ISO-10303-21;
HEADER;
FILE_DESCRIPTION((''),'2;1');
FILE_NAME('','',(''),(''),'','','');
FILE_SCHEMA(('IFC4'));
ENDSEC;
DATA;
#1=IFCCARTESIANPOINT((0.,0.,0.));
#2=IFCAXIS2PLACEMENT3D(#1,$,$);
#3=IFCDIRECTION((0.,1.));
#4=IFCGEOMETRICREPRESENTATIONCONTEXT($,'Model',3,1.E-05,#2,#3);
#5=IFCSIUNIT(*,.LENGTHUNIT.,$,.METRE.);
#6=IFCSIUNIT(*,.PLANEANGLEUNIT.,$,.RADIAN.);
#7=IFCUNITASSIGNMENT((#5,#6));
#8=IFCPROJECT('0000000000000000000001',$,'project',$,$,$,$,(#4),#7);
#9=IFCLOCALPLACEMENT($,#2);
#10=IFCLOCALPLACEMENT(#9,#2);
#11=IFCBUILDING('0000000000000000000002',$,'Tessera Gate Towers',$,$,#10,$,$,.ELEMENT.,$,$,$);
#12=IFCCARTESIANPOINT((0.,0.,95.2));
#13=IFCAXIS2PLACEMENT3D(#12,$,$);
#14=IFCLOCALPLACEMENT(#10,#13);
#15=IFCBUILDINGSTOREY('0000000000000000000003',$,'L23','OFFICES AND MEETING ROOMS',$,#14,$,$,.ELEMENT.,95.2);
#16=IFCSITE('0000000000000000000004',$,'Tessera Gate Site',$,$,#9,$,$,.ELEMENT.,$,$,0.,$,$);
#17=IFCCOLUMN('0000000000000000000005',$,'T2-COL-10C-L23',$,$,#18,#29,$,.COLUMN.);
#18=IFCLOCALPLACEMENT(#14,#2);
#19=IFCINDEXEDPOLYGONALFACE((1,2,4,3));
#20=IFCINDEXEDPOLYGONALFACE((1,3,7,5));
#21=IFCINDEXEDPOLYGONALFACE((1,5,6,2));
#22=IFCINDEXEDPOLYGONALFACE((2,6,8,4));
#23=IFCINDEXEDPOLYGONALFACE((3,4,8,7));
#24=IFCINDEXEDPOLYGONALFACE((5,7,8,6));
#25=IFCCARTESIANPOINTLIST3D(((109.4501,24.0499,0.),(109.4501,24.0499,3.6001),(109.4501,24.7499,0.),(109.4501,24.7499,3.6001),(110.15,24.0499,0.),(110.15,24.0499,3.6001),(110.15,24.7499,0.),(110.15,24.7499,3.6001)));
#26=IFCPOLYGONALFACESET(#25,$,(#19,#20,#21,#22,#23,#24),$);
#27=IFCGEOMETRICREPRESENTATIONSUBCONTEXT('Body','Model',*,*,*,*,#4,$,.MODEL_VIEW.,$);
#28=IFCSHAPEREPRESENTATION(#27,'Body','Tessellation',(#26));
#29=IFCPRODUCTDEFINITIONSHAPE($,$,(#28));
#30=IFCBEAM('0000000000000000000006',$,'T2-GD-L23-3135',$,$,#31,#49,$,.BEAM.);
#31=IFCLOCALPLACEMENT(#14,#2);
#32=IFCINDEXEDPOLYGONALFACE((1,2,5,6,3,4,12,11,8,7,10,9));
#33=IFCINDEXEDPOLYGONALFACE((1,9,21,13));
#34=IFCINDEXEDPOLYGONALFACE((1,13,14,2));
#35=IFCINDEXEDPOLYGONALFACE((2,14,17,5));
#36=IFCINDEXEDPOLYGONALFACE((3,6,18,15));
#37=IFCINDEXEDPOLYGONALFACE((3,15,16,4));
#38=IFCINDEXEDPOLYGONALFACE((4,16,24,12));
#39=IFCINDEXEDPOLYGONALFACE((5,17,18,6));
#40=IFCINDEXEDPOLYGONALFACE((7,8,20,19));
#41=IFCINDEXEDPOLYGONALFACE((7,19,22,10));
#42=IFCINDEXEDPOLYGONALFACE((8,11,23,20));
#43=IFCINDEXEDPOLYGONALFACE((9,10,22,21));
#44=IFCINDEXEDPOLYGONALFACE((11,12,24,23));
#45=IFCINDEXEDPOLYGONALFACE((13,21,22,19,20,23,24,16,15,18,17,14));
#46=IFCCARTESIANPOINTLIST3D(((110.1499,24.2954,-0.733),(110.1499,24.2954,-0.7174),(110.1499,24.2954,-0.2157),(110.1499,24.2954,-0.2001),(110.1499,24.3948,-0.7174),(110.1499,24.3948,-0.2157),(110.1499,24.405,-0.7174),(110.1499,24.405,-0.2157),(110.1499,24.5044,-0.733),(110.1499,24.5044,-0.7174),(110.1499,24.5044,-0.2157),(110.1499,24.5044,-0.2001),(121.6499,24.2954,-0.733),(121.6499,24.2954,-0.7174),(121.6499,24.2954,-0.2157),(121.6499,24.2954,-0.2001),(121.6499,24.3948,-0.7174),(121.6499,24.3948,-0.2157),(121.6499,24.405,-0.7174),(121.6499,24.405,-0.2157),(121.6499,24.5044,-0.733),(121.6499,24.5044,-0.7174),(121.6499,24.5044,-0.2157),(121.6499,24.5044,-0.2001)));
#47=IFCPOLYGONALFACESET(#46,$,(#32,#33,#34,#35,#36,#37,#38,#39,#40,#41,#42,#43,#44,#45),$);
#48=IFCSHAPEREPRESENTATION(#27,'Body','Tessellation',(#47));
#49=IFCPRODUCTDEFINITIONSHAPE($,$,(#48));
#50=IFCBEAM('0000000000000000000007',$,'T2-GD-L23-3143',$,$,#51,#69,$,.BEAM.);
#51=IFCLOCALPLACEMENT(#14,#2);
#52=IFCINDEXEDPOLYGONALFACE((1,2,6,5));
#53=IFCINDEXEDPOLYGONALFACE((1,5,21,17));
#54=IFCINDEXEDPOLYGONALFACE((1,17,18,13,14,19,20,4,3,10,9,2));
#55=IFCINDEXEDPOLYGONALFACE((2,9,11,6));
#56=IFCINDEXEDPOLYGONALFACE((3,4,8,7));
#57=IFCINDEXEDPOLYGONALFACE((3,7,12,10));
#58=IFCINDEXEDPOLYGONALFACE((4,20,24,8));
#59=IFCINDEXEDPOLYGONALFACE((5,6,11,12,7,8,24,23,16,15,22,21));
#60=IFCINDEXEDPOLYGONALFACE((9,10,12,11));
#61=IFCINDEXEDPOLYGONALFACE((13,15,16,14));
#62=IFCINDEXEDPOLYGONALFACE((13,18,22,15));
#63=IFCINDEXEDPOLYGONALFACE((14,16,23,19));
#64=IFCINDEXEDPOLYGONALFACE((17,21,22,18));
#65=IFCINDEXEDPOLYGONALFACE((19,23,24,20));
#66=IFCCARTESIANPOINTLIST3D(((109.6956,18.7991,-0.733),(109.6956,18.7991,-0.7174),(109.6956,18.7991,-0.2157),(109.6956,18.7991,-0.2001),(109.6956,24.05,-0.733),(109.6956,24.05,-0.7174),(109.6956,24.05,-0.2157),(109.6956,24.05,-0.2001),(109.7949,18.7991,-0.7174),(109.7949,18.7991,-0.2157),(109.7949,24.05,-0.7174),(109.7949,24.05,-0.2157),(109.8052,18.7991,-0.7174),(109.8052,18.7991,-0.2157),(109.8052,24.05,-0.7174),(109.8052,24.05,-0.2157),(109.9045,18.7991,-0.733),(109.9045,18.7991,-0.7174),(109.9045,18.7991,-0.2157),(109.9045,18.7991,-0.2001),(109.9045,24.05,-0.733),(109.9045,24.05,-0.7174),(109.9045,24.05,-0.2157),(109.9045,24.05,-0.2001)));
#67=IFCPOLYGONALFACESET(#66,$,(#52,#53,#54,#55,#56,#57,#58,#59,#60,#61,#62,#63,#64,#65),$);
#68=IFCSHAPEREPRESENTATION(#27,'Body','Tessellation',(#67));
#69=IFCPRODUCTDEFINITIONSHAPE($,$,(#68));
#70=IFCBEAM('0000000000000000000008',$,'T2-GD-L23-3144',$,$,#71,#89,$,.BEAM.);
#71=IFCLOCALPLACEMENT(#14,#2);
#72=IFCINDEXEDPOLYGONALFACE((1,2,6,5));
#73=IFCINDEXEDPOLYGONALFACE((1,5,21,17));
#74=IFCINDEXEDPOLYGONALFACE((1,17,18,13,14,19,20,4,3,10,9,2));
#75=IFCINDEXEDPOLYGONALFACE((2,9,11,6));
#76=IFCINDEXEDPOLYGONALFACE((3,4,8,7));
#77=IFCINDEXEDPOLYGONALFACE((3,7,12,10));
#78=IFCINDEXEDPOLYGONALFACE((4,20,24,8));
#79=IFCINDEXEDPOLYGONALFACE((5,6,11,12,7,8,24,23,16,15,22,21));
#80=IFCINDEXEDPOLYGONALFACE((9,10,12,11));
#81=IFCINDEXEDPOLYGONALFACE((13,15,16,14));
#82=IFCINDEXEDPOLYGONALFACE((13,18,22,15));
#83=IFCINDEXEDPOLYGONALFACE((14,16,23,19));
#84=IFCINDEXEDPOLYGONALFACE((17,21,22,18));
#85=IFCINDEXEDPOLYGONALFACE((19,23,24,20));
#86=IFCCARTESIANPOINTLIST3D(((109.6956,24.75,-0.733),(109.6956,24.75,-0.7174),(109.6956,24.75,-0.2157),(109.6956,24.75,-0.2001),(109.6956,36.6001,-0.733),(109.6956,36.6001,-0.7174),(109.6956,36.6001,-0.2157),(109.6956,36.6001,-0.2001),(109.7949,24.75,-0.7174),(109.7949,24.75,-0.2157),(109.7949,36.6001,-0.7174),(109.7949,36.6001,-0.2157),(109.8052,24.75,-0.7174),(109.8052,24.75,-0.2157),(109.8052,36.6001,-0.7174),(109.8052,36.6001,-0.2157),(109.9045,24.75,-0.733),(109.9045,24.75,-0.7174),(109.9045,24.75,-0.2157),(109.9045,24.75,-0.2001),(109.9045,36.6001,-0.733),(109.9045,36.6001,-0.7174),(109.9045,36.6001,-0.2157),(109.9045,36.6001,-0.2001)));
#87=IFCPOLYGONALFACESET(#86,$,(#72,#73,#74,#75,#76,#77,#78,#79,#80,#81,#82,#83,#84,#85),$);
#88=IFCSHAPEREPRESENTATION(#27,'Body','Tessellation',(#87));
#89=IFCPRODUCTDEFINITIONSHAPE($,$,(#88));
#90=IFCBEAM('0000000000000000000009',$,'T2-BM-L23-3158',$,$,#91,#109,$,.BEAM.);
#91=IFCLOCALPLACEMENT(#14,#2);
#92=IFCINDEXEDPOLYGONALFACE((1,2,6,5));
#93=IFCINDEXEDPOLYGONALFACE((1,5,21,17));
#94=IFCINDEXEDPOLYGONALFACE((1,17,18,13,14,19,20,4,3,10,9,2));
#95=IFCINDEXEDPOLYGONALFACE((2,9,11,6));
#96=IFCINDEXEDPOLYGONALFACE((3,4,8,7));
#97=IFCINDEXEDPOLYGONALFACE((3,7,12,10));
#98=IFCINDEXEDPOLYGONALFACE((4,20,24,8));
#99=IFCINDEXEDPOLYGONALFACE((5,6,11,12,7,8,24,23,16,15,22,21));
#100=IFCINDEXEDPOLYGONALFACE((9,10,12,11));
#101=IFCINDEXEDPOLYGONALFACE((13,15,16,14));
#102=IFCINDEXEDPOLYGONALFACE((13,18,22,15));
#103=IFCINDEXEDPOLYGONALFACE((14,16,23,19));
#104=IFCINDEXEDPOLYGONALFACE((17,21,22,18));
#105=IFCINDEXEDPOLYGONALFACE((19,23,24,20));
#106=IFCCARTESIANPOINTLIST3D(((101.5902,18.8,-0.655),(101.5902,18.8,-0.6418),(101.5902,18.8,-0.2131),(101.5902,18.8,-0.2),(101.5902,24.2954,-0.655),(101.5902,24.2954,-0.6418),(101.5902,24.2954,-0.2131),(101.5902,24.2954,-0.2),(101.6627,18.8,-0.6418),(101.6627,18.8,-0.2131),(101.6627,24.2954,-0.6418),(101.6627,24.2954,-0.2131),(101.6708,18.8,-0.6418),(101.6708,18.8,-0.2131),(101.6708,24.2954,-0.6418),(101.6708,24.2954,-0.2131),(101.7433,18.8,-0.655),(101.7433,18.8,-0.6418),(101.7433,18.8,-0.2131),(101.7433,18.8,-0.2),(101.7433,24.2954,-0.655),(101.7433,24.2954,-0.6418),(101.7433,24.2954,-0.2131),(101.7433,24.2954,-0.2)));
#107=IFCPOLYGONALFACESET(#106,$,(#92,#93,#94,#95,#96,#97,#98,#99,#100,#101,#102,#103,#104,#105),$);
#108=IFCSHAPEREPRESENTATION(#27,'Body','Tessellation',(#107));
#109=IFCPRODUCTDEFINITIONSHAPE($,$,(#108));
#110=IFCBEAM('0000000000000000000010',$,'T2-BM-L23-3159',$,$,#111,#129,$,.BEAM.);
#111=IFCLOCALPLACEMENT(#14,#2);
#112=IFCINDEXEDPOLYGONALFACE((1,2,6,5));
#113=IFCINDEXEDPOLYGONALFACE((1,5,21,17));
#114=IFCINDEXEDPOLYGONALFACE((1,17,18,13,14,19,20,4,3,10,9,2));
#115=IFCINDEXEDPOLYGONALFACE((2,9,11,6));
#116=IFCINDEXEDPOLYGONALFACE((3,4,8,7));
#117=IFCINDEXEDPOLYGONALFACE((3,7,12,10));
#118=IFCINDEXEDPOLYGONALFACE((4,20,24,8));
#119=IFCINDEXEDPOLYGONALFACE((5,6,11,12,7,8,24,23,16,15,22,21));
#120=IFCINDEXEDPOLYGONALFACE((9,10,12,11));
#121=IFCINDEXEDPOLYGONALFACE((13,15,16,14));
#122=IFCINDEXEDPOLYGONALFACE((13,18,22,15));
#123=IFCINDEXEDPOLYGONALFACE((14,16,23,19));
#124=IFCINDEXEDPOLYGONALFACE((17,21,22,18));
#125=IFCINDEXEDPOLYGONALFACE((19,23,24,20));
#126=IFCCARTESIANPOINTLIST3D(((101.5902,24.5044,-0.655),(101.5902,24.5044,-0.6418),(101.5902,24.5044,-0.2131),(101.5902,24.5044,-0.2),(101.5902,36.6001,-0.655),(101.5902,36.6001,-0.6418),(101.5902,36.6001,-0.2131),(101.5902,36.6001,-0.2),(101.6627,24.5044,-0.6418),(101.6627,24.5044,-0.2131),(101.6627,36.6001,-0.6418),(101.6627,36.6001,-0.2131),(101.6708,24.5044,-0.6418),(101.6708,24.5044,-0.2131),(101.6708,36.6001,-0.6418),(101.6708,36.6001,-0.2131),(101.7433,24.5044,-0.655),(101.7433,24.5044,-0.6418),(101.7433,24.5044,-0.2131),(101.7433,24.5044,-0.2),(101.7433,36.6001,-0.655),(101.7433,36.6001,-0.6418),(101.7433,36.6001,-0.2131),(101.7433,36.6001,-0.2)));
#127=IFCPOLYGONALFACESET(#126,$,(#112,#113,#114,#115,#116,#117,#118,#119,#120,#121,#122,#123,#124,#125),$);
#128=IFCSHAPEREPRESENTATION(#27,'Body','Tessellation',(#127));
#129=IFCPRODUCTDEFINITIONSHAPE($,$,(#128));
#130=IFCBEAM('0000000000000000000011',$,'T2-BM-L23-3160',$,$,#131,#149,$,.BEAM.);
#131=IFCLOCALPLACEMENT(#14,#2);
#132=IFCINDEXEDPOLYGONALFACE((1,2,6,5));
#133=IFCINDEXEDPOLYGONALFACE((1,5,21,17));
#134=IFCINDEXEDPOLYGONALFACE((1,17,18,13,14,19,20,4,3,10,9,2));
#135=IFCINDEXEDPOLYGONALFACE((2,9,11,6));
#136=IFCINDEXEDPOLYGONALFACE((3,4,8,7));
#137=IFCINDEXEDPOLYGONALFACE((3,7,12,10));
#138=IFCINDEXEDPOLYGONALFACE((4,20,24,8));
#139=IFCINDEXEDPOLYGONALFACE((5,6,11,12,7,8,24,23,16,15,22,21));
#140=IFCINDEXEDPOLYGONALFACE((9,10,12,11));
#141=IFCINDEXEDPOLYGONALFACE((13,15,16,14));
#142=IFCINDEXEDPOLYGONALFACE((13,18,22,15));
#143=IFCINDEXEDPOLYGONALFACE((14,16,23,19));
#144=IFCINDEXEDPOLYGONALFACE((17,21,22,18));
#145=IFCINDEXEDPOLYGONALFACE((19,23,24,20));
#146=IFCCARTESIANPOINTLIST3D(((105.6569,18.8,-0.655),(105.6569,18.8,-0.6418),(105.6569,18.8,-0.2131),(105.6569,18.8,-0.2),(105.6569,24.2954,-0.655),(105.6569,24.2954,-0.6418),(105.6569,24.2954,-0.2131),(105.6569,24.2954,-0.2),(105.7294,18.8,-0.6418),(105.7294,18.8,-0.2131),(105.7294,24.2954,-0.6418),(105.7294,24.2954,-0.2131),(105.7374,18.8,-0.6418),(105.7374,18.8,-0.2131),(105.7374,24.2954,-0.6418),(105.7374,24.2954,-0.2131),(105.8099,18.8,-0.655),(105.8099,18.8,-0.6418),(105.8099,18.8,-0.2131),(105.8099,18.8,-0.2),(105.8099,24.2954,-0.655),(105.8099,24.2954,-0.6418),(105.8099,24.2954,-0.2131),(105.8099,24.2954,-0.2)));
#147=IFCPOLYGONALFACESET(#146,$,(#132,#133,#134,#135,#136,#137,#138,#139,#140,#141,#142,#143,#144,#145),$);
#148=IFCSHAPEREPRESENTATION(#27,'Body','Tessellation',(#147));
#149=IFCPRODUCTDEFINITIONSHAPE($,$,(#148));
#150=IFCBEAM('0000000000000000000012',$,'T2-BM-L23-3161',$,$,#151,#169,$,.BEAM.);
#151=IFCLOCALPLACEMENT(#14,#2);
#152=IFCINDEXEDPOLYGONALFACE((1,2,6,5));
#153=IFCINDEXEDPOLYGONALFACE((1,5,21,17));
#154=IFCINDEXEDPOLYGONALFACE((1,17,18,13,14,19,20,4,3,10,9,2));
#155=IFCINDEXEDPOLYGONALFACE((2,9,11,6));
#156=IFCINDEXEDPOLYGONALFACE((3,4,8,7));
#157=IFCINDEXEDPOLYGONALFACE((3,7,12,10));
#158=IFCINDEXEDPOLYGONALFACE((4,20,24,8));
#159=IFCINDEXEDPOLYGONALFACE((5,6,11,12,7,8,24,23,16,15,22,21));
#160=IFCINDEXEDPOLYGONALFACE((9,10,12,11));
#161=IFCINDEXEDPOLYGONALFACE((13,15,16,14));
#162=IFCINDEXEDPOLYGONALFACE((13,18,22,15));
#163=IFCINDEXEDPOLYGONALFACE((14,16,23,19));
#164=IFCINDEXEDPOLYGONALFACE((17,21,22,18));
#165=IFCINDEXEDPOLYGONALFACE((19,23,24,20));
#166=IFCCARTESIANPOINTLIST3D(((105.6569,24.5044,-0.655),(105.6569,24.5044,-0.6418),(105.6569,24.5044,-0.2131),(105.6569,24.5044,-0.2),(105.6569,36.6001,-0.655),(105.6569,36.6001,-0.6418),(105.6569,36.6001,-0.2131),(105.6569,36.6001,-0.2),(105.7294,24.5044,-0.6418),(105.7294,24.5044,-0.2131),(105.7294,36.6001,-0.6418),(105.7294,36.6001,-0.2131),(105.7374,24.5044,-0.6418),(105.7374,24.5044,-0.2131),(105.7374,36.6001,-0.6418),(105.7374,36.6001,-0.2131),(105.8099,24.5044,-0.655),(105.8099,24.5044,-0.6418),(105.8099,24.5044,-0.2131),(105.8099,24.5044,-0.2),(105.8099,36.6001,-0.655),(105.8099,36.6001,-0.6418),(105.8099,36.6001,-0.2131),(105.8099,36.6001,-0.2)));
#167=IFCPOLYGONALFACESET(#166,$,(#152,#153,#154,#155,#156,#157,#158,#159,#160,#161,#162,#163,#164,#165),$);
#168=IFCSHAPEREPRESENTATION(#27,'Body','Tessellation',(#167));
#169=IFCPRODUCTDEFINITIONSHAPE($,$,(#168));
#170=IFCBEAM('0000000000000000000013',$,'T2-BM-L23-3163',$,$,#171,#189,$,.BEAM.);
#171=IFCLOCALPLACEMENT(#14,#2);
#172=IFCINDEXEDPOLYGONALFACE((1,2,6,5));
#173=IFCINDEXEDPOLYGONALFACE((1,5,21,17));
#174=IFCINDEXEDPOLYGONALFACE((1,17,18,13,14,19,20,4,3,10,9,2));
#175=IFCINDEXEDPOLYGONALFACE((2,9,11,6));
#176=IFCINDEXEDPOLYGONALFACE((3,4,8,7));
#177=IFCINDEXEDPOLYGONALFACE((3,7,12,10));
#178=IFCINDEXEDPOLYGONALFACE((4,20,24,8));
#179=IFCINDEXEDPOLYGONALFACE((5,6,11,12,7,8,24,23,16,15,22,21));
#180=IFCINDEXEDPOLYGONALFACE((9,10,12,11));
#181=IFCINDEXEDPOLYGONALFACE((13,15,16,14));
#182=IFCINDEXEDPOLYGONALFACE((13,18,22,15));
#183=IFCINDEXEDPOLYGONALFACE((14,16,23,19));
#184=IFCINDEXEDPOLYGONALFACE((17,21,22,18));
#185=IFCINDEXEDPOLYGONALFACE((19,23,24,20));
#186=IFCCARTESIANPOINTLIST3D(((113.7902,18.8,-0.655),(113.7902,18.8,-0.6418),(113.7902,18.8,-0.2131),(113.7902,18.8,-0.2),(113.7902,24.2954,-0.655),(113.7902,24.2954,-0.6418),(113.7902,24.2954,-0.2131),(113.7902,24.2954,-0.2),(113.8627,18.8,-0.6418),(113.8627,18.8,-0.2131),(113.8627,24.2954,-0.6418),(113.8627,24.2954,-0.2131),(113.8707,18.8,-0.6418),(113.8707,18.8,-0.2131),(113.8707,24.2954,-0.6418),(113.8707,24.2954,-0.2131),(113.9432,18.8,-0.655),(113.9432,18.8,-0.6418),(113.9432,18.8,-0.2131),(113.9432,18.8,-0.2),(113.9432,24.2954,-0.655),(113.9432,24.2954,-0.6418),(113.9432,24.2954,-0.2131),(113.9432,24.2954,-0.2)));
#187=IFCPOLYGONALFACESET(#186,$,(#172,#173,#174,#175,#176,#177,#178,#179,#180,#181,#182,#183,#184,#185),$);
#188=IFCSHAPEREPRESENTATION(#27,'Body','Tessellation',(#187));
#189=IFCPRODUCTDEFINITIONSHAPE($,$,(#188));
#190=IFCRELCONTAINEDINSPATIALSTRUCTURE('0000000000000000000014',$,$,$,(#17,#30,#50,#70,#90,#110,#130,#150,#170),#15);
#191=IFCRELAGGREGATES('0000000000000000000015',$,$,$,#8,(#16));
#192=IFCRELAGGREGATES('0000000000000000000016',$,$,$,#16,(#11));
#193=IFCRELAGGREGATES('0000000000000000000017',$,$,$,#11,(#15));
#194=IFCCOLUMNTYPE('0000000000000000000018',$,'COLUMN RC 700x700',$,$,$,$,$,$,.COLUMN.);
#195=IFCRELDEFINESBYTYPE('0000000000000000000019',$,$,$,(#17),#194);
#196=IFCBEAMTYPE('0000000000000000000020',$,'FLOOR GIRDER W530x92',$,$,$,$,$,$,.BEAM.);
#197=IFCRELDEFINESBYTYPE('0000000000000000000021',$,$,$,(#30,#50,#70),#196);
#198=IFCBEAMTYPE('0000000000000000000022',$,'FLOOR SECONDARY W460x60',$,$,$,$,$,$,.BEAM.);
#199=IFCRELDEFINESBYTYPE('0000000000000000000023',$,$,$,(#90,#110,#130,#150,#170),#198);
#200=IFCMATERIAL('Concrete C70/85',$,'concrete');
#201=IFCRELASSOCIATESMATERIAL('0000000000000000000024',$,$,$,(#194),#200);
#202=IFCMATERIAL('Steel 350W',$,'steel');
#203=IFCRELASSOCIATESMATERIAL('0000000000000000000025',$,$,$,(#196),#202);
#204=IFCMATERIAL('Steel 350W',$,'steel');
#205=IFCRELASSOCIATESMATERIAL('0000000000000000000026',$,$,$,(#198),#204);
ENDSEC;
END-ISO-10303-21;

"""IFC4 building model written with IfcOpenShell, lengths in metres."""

from ifc_helpers import new_model, si_unit, direction, frame, origin, origin_2d, place, context, subcontext, project, spatial, rectangle, i_section, extrude, material, material_profile, profile_set, type_object, element, save


model = new_model("IFC4")

# Units and contexts
model_context = context("Model", 3, precision=1e-05, world=origin(), true_north=direction((0.0, 1.0)))
body_context = subcontext(model_context, "Body", "Model", "MODEL_VIEW")
ifc_project = project(units=[si_unit("LENGTHUNIT", "METRE"), si_unit("PLANEANGLEUNIT", "RADIAN")], contexts=[model_context])

# Site, building, storey
site_placement = place(None, origin())
site = spatial("IfcSite", under=ifc_project, at=site_placement, Name="Tessera Gate Site", CompositionType="ELEMENT", RefElevation=0.0)
building_placement = place(site_placement, origin())
building = spatial("IfcBuilding", under=site, at=building_placement, Name="Tessera Gate Towers", CompositionType="ELEMENT")
storey_placement = place(building_placement, frame((0.0, 0.0, 95.2)))
storey = spatial("IfcBuildingStorey", under=building, at=storey_placement, Name="L23", Description="OFFICES AND MEETING ROOMS", CompositionType="ELEMENT", Elevation=95.2)

# Column
ifc_material_1 = material(Name="Concrete C70/85", Category="concrete")
ifc_material_profile_1 = material_profile(ifc_material_1, rectangle(XDim=0.7, YDim=0.7, at=origin_2d()), Name="RC 700x700")
ifc_profile_set_1 = profile_set([ifc_material_profile_1], Name="Concrete C70/85")
column_type = type_object("IfcColumnType", Name="COLUMN RC 700x700", PredefinedType="COLUMN", material=ifc_profile_set_1)
column_placement = place(storey_placement, frame((109.8, 24.3999, 0.0), z_axis=(0.0, 0.0, 1.0), x_axis=(1.0, 0.0, 0.0)))
element("IfcColumn", 1, at=column_placement, inside=storey, type_object=column_type, Name="T2-COL-10C-L23", PredefinedType="COLUMN", context=body_context, shape_type="SweptSolid", body=[
    extrude(rectangle(XDim=0.7, YDim=0.7, at=origin_2d()), origin(), (0.0, 0.0, 1.0), 3.6001),
])

# Beams
ifc_material_2 = material(Name="Steel 350W", Category="steel")
ifc_material_profile_2 = material_profile(ifc_material_2, i_section(OverallWidth=0.209, OverallDepth=0.533, WebThickness=0.0103, FlangeThickness=0.0156, at=origin_2d()), Name="W530x92")
ifc_profile_set_2 = profile_set([ifc_material_profile_2], Name="Steel 350W")
beam_type_1 = type_object("IfcBeamType", Name="FLOOR GIRDER W530x92", PredefinedType="BEAM", material=ifc_profile_set_2)
beam_1_placement = place(storey_placement, frame((110.1499, 24.3999, -0.4666), z_axis=(1.0, 0.0, 0.0), x_axis=(0.0, 1.0, 0.0)))
element("IfcBeam", 2, at=beam_1_placement, inside=storey, type_object=beam_type_1, Name="T2-GD-L23-3135", PredefinedType="BEAM", context=body_context, shape_type="SweptSolid", body=[
    extrude(i_section(OverallWidth=0.209, OverallDepth=0.533, WebThickness=0.0103, FlangeThickness=0.0156, at=origin_2d()), origin(), (0.0, 0.0, 1.0), 11.5),
])
beam_2_placement = place(storey_placement, frame((109.8, 18.7991, -0.4666), z_axis=(0.0, 1.0, 0.0), x_axis=(-1.0, 0.0, 0.0)))
element("IfcBeam", 3, at=beam_2_placement, inside=storey, type_object=beam_type_1, Name="T2-GD-L23-3143", PredefinedType="BEAM", context=body_context, shape_type="SweptSolid", body=[
    extrude(i_section(OverallWidth=0.209, OverallDepth=0.533, WebThickness=0.0103, FlangeThickness=0.0156, at=origin_2d()), origin(), (0.0, 0.0, 1.0), 5.251),
])
beam_3_placement = place(storey_placement, frame((109.8, 24.75, -0.4666), z_axis=(0.0, 1.0, 0.0), x_axis=(-1.0, 0.0, 0.0)))
element("IfcBeam", 4, at=beam_3_placement, inside=storey, type_object=beam_type_1, Name="T2-GD-L23-3144", PredefinedType="BEAM", context=body_context, shape_type="SweptSolid", body=[
    extrude(i_section(OverallWidth=0.209, OverallDepth=0.533, WebThickness=0.0103, FlangeThickness=0.0156, at=origin_2d()), origin(), (0.0, 0.0, 1.0), 11.8501),
])
ifc_material_3 = material(Name="Steel 350W", Category="steel")
ifc_material_profile_3 = material_profile(ifc_material_3, i_section(OverallWidth=0.1531, OverallDepth=0.4551, WebThickness=0.0081, FlangeThickness=0.0132, at=origin_2d()), Name="W460x60")
ifc_profile_set_3 = profile_set([ifc_material_profile_3], Name="Steel 350W")
beam_type_2 = type_object("IfcBeamType", Name="FLOOR SECONDARY W460x60", PredefinedType="BEAM", material=ifc_profile_set_3)
beam_4_placement = place(storey_placement, frame((101.6667, 18.8, -0.4275), z_axis=(0.0, 1.0, 0.0), x_axis=(-1.0, 0.0, 0.0)))
element("IfcBeam", 5, at=beam_4_placement, inside=storey, type_object=beam_type_2, Name="T2-BM-L23-3158", PredefinedType="BEAM", context=body_context, shape_type="SweptSolid", body=[
    extrude(i_section(OverallWidth=0.1531, OverallDepth=0.4551, WebThickness=0.0081, FlangeThickness=0.0132, at=origin_2d()), origin(), (0.0, 0.0, 1.0), 5.4954),
])
beam_5_placement = place(storey_placement, frame((101.6667, 24.5044, -0.4275), z_axis=(0.0, 1.0, 0.0), x_axis=(-1.0, 0.0, 0.0)))
element("IfcBeam", 6, at=beam_5_placement, inside=storey, type_object=beam_type_2, Name="T2-BM-L23-3159", PredefinedType="BEAM", context=body_context, shape_type="SweptSolid", body=[
    extrude(i_section(OverallWidth=0.1531, OverallDepth=0.4551, WebThickness=0.0081, FlangeThickness=0.0132, at=origin_2d()), origin(), (0.0, 0.0, 1.0), 12.0957),
])
beam_6_placement = place(storey_placement, frame((105.7334, 18.8, -0.4275), z_axis=(0.0, 1.0, 0.0), x_axis=(-1.0, 0.0, 0.0)))
element("IfcBeam", 7, at=beam_6_placement, inside=storey, type_object=beam_type_2, Name="T2-BM-L23-3160", PredefinedType="BEAM", context=body_context, shape_type="SweptSolid", body=[
    extrude(i_section(OverallWidth=0.1531, OverallDepth=0.4551, WebThickness=0.0081, FlangeThickness=0.0132, at=origin_2d()), origin(), (0.0, 0.0, 1.0), 5.4954),
])
beam_7_placement = place(storey_placement, frame((105.7334, 24.5044, -0.4275), z_axis=(0.0, 1.0, 0.0), x_axis=(-1.0, 0.0, 0.0)))
element("IfcBeam", 8, at=beam_7_placement, inside=storey, type_object=beam_type_2, Name="T2-BM-L23-3161", PredefinedType="BEAM", context=body_context, shape_type="SweptSolid", body=[
    extrude(i_section(OverallWidth=0.1531, OverallDepth=0.4551, WebThickness=0.0081, FlangeThickness=0.0132, at=origin_2d()), origin(), (0.0, 0.0, 1.0), 12.0957),
])
beam_8_placement = place(storey_placement, frame((113.8667, 18.8, -0.4275), z_axis=(0.0, 1.0, 0.0), x_axis=(-1.0, 0.0, 0.0)))
element("IfcBeam", 9, at=beam_8_placement, inside=storey, type_object=beam_type_2, Name="T2-BM-L23-3163", PredefinedType="BEAM", context=body_context, shape_type="SweptSolid", body=[
    extrude(i_section(OverallWidth=0.1531, OverallDepth=0.4551, WebThickness=0.0081, FlangeThickness=0.0132, at=origin_2d()), origin(), (0.0, 0.0, 1.0), 5.4954),
])

save(model, "model.ifc")
